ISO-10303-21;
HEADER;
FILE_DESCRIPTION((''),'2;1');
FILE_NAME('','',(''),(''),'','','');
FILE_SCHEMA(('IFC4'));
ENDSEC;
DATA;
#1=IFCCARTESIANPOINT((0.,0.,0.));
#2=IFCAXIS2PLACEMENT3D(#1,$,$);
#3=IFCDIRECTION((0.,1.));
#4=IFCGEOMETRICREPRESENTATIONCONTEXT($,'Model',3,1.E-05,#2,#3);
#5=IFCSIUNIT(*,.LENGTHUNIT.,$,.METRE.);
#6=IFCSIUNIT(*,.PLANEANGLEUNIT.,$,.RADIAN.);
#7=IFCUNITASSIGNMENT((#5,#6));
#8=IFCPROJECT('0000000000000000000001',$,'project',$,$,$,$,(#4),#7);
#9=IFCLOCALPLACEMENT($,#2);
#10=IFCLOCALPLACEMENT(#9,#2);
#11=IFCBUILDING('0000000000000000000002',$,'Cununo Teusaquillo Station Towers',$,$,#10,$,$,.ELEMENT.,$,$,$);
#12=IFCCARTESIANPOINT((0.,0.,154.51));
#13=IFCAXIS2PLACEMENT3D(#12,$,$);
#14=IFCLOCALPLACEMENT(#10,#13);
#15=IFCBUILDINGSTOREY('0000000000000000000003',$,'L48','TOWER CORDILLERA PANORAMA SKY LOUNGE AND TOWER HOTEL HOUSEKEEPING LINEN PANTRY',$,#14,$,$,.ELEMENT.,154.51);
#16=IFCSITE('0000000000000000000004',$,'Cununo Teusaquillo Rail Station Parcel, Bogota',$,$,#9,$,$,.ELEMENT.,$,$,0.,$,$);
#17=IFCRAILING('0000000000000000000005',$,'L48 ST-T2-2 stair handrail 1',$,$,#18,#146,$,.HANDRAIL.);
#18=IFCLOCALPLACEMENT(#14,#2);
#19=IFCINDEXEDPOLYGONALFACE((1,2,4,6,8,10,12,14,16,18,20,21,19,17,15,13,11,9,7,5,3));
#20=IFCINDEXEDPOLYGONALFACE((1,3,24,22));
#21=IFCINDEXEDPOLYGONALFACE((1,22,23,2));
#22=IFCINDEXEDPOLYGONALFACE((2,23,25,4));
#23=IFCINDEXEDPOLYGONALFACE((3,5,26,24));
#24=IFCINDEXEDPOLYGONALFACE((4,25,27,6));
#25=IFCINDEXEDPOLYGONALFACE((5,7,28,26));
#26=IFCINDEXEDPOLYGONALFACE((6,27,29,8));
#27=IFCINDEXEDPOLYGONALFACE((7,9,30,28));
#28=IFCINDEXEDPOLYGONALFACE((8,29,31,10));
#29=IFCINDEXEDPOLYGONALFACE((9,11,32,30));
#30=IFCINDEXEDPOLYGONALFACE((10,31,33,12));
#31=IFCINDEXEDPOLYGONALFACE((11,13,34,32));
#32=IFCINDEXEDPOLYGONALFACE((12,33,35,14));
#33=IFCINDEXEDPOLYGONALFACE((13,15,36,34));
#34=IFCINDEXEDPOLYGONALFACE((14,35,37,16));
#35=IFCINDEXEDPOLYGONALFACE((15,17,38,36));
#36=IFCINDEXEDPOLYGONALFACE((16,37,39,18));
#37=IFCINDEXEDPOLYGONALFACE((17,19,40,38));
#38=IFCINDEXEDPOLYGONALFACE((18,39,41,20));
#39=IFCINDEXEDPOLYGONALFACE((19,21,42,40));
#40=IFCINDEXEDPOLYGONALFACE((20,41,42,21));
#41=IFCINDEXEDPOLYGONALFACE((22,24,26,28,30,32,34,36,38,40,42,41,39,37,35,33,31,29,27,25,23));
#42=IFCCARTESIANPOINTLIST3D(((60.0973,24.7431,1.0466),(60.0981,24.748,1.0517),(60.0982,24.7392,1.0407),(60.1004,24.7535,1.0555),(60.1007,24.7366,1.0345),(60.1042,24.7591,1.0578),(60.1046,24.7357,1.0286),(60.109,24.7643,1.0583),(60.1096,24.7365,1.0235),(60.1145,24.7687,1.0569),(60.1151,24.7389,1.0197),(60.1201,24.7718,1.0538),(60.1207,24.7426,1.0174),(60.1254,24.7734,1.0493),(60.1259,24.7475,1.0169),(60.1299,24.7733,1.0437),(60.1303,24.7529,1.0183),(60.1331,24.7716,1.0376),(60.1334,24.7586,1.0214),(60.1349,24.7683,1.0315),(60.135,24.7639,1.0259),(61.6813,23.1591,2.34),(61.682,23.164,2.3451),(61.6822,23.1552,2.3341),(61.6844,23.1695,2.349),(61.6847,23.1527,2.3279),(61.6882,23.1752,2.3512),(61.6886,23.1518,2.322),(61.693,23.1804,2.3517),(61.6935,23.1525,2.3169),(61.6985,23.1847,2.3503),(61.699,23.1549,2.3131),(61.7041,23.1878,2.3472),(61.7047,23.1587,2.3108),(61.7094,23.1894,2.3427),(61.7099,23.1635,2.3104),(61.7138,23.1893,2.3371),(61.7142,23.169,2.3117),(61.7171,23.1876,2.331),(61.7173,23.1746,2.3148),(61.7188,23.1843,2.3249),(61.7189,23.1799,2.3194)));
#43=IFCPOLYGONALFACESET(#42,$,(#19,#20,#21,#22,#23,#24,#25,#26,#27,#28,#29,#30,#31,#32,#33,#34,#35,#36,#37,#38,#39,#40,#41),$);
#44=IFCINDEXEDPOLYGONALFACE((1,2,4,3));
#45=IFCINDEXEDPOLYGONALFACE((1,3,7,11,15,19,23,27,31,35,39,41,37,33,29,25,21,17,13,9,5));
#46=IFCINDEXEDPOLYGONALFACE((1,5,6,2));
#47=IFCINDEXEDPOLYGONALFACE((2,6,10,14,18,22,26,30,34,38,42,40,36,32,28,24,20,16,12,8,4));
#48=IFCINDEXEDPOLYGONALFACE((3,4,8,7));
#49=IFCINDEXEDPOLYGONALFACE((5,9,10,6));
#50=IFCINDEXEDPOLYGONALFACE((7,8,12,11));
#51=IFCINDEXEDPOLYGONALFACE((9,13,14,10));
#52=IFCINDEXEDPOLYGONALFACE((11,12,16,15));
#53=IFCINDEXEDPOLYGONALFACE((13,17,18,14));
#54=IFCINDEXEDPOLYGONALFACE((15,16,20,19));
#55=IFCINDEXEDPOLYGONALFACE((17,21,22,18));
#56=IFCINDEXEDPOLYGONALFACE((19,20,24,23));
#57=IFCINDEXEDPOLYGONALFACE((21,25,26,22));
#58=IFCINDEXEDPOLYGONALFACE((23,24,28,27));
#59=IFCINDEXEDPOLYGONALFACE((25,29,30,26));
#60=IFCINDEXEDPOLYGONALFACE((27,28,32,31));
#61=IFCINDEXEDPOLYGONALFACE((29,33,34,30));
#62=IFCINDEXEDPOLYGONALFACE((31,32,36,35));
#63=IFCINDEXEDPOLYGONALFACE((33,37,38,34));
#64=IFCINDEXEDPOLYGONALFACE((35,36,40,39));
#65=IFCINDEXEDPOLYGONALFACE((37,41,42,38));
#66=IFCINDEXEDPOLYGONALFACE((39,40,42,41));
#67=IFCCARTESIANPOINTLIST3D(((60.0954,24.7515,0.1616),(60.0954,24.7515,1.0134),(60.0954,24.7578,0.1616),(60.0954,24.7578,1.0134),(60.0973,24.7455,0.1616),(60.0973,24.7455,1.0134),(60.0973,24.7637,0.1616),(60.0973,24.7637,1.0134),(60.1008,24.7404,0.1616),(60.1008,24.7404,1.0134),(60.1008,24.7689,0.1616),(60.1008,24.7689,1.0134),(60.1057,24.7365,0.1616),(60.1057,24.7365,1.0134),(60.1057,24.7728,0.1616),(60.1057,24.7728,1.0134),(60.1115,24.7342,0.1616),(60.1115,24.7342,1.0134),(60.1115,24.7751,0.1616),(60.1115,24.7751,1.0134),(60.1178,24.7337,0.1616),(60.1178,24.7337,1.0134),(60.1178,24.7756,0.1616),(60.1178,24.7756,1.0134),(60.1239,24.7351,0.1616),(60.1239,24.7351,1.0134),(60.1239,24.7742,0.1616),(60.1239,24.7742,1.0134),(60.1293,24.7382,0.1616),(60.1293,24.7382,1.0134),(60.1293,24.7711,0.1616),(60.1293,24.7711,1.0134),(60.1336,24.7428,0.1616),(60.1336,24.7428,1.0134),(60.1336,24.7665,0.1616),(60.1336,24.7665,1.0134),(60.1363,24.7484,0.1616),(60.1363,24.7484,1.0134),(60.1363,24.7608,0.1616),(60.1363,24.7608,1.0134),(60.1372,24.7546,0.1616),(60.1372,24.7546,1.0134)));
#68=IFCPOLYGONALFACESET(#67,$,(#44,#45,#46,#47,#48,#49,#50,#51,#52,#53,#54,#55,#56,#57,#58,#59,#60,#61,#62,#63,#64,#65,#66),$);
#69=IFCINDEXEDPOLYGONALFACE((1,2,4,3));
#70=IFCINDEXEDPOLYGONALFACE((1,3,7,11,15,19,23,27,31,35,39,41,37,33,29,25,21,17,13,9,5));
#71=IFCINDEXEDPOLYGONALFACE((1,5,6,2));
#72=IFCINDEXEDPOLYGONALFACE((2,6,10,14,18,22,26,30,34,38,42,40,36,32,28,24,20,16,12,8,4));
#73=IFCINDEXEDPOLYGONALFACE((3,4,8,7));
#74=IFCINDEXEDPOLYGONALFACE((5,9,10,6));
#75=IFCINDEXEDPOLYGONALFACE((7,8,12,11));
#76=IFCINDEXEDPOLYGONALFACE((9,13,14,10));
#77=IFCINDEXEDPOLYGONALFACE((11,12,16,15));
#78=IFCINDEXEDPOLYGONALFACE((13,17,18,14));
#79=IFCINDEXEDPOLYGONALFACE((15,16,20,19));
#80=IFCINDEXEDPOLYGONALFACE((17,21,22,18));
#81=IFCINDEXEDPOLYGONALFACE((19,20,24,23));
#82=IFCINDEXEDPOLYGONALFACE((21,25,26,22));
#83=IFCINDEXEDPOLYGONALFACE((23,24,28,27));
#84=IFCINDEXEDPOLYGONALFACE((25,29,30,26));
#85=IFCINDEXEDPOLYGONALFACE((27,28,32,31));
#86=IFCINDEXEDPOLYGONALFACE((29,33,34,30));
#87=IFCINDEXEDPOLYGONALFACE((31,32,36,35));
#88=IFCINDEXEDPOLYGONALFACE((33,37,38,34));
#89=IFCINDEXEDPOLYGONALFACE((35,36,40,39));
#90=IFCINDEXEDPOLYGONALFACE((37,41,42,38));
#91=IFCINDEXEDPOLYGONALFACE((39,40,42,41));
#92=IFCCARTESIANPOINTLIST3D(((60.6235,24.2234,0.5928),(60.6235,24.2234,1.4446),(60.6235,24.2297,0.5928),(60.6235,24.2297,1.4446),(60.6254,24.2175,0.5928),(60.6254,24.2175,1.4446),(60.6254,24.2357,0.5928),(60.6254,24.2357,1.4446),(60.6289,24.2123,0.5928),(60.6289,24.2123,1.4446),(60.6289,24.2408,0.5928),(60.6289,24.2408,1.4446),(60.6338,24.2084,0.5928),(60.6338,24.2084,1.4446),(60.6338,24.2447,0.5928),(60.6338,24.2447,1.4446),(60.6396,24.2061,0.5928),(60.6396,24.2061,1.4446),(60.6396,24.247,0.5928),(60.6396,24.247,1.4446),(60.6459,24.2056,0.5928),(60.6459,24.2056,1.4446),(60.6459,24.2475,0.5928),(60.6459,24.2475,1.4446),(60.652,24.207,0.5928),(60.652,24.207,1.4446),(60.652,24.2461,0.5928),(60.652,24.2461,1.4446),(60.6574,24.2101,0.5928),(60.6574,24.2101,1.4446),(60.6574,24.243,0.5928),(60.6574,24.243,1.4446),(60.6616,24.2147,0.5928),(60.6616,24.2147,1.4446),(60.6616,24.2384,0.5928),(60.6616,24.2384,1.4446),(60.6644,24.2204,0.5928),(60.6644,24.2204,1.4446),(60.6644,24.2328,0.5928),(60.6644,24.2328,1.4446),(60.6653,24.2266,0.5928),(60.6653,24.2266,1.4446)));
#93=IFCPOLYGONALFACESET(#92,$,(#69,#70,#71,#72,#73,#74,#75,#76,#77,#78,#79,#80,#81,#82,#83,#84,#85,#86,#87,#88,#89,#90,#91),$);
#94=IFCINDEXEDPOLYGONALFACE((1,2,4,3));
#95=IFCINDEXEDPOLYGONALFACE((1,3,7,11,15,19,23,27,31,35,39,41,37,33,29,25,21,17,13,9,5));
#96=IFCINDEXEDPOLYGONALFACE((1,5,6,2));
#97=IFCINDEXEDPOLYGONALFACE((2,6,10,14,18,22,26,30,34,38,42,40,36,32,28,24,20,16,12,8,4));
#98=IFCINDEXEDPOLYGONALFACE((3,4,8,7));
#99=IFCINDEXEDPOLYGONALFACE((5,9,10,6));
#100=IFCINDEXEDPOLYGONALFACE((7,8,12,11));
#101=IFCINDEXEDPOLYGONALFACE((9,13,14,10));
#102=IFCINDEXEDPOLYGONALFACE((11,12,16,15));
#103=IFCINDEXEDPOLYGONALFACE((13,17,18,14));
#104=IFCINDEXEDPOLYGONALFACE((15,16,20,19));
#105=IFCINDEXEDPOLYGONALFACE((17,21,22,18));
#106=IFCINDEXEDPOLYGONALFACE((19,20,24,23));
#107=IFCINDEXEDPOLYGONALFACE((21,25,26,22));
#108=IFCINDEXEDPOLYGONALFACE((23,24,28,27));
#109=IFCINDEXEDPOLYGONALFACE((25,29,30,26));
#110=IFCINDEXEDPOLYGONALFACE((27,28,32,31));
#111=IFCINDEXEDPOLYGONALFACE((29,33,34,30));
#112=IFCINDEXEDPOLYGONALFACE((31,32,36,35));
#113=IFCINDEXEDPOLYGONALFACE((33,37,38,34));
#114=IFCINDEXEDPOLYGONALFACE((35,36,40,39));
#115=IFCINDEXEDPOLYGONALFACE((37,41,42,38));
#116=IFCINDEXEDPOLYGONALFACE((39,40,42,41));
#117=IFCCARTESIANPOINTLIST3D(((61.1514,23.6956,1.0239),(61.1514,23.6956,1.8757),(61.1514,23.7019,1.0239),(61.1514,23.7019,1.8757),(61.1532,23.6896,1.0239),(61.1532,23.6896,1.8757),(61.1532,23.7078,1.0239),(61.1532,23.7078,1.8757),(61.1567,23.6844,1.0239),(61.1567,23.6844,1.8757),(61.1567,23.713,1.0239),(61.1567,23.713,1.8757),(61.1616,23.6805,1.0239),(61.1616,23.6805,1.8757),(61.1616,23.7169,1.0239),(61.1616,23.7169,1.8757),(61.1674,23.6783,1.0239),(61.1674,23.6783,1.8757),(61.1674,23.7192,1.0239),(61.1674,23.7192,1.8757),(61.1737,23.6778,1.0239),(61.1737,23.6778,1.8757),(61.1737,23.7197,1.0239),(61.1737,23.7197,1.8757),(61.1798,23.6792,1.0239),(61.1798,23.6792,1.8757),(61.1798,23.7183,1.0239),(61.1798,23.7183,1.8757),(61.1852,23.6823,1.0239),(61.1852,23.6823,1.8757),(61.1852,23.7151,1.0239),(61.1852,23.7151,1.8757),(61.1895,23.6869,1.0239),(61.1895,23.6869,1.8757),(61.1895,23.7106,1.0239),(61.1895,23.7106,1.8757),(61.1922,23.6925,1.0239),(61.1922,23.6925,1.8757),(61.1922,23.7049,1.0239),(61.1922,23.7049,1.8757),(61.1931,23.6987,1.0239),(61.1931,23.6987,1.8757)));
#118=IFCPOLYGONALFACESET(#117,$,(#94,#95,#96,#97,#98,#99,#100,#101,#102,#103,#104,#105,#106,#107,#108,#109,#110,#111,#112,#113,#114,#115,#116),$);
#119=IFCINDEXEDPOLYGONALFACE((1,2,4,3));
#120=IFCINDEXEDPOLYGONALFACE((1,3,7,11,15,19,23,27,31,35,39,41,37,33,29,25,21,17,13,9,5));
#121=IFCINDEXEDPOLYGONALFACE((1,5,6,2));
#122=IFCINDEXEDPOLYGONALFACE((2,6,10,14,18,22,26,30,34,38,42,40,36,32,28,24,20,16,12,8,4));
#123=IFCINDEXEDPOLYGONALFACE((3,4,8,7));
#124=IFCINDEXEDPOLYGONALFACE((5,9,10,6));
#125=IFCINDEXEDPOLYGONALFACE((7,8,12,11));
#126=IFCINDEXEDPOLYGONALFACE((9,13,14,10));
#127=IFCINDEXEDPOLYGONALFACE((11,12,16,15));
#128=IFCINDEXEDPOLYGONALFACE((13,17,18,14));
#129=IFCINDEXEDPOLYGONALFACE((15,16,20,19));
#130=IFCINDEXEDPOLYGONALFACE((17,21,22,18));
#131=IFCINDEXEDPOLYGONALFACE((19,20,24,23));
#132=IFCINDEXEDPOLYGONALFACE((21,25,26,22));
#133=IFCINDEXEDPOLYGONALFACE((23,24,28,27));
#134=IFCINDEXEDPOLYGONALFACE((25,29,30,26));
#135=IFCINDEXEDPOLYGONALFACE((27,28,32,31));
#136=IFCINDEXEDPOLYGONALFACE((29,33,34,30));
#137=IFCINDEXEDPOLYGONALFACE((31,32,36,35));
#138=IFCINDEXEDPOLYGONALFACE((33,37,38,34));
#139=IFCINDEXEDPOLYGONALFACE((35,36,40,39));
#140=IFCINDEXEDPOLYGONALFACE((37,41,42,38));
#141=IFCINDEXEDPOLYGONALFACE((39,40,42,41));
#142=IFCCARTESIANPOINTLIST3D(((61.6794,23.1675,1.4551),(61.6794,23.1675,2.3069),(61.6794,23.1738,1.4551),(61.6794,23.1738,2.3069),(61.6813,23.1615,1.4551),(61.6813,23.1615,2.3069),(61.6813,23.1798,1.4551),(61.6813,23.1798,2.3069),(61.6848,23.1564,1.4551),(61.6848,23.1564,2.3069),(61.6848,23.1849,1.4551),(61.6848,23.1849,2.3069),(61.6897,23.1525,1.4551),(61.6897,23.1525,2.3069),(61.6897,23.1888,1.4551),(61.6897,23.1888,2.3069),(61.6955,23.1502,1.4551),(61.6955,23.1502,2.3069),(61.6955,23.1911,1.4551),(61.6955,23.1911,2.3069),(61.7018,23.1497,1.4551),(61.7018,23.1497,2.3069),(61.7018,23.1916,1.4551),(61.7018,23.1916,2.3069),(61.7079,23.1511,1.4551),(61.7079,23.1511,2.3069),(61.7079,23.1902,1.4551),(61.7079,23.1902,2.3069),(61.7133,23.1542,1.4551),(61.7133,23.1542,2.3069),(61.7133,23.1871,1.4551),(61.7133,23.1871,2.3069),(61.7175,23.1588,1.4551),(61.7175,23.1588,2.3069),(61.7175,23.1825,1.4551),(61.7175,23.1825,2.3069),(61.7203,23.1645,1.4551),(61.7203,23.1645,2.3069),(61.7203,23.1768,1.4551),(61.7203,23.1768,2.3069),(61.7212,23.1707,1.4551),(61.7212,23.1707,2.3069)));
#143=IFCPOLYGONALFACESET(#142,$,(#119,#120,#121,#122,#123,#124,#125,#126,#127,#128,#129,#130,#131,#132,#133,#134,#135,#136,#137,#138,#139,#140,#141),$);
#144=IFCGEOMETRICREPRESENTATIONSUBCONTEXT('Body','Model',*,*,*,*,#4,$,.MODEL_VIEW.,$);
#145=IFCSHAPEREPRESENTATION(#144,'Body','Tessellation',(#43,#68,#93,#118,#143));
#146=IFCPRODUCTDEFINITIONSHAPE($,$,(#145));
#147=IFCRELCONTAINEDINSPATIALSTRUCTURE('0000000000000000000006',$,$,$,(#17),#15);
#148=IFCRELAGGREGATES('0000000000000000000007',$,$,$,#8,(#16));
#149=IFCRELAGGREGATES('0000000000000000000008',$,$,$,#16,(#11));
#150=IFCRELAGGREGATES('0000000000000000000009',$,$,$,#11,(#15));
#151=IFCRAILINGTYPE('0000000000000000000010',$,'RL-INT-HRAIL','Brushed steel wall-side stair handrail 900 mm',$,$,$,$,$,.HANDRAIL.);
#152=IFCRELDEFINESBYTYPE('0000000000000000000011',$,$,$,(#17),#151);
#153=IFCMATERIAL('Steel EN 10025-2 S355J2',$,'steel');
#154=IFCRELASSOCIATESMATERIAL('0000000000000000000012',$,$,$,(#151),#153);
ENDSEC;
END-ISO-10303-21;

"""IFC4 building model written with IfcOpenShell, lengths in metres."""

from ifc_helpers import new_model, si_unit, direction, frame, origin, origin_2d, place, context, subcontext, project, spatial, circle, extrude, material, type_object, element, save


model = new_model("IFC4")

# Units and contexts
model_context = context("Model", 3, precision=1e-05, world=origin(), true_north=direction((0.0, 1.0)))
body_context = subcontext(model_context, "Body", "Model", "MODEL_VIEW")
ifc_project = project(units=[si_unit("LENGTHUNIT", "METRE"), si_unit("PLANEANGLEUNIT", "RADIAN")], contexts=[model_context])

# Site, building, storey
site_placement = place(None, origin())
site = spatial("IfcSite", under=ifc_project, at=site_placement, Name="Cununo Teusaquillo Rail Station Parcel, Bogota", CompositionType="ELEMENT", RefElevation=0.0)
building_placement = place(site_placement, origin())
building = spatial("IfcBuilding", under=site, at=building_placement, Name="Cununo Teusaquillo Station Towers", CompositionType="ELEMENT")
storey_placement = place(building_placement, frame((0.0, 0.0, 154.51)))
storey = spatial("IfcBuildingStorey", under=building, at=storey_placement, Name="L48", Description="TOWER CORDILLERA PANORAMA SKY LOUNGE AND TOWER HOTEL HOUSEKEEPING LINEN PANTRY", CompositionType="ELEMENT", Elevation=154.51)

# Railing
ifc_material_1 = material(Name="Steel EN 10025-2 S355J2", Category="steel")
railing_type_1 = type_object("IfcRailingType", Name="RL-INT-HRAIL", Description="Brushed steel wall-side stair handrail 900 mm", PredefinedType="HANDRAIL", material=ifc_material_1)
railing_1_placement = place(storey_placement, frame((60.1162, 24.7546, 0.1616)))
element("IfcRailing", 1, at=railing_1_placement, inside=storey, type_object=railing_type_1, Name="L48 ST-T2-2 stair handrail 1", PredefinedType="HANDRAIL", context=body_context, shape_type="SweptSolid", body=[
    extrude(circle(Radius=0.0239, at=origin_2d()), frame((0.0, 0.0, 0.876), z_axis=(0.612356, -0.612356, 0.50004), x_axis=(0.707107, 0.707107, 0.0)), (0.0, 0.0, 1.0), 2.5867),
    extrude(circle(Radius=0.021, at=origin_2d()), origin(), (0.0, 0.0, 1.0), 0.8518),
    extrude(circle(Radius=0.021, at=origin_2d()), frame((0.5281, -0.5281, 0.4312)), (0.0, 0.0, 1.0), 0.8518),
    extrude(circle(Radius=0.021, at=origin_2d()), frame((1.0559, -1.0559, 0.8623)), (0.0, 0.0, 1.0), 0.8518),
    extrude(circle(Radius=0.021, at=origin_2d()), frame((1.584, -1.584, 1.2935)), (0.0, 0.0, 1.0), 0.8518),
])

save(model, "model.ifc")
